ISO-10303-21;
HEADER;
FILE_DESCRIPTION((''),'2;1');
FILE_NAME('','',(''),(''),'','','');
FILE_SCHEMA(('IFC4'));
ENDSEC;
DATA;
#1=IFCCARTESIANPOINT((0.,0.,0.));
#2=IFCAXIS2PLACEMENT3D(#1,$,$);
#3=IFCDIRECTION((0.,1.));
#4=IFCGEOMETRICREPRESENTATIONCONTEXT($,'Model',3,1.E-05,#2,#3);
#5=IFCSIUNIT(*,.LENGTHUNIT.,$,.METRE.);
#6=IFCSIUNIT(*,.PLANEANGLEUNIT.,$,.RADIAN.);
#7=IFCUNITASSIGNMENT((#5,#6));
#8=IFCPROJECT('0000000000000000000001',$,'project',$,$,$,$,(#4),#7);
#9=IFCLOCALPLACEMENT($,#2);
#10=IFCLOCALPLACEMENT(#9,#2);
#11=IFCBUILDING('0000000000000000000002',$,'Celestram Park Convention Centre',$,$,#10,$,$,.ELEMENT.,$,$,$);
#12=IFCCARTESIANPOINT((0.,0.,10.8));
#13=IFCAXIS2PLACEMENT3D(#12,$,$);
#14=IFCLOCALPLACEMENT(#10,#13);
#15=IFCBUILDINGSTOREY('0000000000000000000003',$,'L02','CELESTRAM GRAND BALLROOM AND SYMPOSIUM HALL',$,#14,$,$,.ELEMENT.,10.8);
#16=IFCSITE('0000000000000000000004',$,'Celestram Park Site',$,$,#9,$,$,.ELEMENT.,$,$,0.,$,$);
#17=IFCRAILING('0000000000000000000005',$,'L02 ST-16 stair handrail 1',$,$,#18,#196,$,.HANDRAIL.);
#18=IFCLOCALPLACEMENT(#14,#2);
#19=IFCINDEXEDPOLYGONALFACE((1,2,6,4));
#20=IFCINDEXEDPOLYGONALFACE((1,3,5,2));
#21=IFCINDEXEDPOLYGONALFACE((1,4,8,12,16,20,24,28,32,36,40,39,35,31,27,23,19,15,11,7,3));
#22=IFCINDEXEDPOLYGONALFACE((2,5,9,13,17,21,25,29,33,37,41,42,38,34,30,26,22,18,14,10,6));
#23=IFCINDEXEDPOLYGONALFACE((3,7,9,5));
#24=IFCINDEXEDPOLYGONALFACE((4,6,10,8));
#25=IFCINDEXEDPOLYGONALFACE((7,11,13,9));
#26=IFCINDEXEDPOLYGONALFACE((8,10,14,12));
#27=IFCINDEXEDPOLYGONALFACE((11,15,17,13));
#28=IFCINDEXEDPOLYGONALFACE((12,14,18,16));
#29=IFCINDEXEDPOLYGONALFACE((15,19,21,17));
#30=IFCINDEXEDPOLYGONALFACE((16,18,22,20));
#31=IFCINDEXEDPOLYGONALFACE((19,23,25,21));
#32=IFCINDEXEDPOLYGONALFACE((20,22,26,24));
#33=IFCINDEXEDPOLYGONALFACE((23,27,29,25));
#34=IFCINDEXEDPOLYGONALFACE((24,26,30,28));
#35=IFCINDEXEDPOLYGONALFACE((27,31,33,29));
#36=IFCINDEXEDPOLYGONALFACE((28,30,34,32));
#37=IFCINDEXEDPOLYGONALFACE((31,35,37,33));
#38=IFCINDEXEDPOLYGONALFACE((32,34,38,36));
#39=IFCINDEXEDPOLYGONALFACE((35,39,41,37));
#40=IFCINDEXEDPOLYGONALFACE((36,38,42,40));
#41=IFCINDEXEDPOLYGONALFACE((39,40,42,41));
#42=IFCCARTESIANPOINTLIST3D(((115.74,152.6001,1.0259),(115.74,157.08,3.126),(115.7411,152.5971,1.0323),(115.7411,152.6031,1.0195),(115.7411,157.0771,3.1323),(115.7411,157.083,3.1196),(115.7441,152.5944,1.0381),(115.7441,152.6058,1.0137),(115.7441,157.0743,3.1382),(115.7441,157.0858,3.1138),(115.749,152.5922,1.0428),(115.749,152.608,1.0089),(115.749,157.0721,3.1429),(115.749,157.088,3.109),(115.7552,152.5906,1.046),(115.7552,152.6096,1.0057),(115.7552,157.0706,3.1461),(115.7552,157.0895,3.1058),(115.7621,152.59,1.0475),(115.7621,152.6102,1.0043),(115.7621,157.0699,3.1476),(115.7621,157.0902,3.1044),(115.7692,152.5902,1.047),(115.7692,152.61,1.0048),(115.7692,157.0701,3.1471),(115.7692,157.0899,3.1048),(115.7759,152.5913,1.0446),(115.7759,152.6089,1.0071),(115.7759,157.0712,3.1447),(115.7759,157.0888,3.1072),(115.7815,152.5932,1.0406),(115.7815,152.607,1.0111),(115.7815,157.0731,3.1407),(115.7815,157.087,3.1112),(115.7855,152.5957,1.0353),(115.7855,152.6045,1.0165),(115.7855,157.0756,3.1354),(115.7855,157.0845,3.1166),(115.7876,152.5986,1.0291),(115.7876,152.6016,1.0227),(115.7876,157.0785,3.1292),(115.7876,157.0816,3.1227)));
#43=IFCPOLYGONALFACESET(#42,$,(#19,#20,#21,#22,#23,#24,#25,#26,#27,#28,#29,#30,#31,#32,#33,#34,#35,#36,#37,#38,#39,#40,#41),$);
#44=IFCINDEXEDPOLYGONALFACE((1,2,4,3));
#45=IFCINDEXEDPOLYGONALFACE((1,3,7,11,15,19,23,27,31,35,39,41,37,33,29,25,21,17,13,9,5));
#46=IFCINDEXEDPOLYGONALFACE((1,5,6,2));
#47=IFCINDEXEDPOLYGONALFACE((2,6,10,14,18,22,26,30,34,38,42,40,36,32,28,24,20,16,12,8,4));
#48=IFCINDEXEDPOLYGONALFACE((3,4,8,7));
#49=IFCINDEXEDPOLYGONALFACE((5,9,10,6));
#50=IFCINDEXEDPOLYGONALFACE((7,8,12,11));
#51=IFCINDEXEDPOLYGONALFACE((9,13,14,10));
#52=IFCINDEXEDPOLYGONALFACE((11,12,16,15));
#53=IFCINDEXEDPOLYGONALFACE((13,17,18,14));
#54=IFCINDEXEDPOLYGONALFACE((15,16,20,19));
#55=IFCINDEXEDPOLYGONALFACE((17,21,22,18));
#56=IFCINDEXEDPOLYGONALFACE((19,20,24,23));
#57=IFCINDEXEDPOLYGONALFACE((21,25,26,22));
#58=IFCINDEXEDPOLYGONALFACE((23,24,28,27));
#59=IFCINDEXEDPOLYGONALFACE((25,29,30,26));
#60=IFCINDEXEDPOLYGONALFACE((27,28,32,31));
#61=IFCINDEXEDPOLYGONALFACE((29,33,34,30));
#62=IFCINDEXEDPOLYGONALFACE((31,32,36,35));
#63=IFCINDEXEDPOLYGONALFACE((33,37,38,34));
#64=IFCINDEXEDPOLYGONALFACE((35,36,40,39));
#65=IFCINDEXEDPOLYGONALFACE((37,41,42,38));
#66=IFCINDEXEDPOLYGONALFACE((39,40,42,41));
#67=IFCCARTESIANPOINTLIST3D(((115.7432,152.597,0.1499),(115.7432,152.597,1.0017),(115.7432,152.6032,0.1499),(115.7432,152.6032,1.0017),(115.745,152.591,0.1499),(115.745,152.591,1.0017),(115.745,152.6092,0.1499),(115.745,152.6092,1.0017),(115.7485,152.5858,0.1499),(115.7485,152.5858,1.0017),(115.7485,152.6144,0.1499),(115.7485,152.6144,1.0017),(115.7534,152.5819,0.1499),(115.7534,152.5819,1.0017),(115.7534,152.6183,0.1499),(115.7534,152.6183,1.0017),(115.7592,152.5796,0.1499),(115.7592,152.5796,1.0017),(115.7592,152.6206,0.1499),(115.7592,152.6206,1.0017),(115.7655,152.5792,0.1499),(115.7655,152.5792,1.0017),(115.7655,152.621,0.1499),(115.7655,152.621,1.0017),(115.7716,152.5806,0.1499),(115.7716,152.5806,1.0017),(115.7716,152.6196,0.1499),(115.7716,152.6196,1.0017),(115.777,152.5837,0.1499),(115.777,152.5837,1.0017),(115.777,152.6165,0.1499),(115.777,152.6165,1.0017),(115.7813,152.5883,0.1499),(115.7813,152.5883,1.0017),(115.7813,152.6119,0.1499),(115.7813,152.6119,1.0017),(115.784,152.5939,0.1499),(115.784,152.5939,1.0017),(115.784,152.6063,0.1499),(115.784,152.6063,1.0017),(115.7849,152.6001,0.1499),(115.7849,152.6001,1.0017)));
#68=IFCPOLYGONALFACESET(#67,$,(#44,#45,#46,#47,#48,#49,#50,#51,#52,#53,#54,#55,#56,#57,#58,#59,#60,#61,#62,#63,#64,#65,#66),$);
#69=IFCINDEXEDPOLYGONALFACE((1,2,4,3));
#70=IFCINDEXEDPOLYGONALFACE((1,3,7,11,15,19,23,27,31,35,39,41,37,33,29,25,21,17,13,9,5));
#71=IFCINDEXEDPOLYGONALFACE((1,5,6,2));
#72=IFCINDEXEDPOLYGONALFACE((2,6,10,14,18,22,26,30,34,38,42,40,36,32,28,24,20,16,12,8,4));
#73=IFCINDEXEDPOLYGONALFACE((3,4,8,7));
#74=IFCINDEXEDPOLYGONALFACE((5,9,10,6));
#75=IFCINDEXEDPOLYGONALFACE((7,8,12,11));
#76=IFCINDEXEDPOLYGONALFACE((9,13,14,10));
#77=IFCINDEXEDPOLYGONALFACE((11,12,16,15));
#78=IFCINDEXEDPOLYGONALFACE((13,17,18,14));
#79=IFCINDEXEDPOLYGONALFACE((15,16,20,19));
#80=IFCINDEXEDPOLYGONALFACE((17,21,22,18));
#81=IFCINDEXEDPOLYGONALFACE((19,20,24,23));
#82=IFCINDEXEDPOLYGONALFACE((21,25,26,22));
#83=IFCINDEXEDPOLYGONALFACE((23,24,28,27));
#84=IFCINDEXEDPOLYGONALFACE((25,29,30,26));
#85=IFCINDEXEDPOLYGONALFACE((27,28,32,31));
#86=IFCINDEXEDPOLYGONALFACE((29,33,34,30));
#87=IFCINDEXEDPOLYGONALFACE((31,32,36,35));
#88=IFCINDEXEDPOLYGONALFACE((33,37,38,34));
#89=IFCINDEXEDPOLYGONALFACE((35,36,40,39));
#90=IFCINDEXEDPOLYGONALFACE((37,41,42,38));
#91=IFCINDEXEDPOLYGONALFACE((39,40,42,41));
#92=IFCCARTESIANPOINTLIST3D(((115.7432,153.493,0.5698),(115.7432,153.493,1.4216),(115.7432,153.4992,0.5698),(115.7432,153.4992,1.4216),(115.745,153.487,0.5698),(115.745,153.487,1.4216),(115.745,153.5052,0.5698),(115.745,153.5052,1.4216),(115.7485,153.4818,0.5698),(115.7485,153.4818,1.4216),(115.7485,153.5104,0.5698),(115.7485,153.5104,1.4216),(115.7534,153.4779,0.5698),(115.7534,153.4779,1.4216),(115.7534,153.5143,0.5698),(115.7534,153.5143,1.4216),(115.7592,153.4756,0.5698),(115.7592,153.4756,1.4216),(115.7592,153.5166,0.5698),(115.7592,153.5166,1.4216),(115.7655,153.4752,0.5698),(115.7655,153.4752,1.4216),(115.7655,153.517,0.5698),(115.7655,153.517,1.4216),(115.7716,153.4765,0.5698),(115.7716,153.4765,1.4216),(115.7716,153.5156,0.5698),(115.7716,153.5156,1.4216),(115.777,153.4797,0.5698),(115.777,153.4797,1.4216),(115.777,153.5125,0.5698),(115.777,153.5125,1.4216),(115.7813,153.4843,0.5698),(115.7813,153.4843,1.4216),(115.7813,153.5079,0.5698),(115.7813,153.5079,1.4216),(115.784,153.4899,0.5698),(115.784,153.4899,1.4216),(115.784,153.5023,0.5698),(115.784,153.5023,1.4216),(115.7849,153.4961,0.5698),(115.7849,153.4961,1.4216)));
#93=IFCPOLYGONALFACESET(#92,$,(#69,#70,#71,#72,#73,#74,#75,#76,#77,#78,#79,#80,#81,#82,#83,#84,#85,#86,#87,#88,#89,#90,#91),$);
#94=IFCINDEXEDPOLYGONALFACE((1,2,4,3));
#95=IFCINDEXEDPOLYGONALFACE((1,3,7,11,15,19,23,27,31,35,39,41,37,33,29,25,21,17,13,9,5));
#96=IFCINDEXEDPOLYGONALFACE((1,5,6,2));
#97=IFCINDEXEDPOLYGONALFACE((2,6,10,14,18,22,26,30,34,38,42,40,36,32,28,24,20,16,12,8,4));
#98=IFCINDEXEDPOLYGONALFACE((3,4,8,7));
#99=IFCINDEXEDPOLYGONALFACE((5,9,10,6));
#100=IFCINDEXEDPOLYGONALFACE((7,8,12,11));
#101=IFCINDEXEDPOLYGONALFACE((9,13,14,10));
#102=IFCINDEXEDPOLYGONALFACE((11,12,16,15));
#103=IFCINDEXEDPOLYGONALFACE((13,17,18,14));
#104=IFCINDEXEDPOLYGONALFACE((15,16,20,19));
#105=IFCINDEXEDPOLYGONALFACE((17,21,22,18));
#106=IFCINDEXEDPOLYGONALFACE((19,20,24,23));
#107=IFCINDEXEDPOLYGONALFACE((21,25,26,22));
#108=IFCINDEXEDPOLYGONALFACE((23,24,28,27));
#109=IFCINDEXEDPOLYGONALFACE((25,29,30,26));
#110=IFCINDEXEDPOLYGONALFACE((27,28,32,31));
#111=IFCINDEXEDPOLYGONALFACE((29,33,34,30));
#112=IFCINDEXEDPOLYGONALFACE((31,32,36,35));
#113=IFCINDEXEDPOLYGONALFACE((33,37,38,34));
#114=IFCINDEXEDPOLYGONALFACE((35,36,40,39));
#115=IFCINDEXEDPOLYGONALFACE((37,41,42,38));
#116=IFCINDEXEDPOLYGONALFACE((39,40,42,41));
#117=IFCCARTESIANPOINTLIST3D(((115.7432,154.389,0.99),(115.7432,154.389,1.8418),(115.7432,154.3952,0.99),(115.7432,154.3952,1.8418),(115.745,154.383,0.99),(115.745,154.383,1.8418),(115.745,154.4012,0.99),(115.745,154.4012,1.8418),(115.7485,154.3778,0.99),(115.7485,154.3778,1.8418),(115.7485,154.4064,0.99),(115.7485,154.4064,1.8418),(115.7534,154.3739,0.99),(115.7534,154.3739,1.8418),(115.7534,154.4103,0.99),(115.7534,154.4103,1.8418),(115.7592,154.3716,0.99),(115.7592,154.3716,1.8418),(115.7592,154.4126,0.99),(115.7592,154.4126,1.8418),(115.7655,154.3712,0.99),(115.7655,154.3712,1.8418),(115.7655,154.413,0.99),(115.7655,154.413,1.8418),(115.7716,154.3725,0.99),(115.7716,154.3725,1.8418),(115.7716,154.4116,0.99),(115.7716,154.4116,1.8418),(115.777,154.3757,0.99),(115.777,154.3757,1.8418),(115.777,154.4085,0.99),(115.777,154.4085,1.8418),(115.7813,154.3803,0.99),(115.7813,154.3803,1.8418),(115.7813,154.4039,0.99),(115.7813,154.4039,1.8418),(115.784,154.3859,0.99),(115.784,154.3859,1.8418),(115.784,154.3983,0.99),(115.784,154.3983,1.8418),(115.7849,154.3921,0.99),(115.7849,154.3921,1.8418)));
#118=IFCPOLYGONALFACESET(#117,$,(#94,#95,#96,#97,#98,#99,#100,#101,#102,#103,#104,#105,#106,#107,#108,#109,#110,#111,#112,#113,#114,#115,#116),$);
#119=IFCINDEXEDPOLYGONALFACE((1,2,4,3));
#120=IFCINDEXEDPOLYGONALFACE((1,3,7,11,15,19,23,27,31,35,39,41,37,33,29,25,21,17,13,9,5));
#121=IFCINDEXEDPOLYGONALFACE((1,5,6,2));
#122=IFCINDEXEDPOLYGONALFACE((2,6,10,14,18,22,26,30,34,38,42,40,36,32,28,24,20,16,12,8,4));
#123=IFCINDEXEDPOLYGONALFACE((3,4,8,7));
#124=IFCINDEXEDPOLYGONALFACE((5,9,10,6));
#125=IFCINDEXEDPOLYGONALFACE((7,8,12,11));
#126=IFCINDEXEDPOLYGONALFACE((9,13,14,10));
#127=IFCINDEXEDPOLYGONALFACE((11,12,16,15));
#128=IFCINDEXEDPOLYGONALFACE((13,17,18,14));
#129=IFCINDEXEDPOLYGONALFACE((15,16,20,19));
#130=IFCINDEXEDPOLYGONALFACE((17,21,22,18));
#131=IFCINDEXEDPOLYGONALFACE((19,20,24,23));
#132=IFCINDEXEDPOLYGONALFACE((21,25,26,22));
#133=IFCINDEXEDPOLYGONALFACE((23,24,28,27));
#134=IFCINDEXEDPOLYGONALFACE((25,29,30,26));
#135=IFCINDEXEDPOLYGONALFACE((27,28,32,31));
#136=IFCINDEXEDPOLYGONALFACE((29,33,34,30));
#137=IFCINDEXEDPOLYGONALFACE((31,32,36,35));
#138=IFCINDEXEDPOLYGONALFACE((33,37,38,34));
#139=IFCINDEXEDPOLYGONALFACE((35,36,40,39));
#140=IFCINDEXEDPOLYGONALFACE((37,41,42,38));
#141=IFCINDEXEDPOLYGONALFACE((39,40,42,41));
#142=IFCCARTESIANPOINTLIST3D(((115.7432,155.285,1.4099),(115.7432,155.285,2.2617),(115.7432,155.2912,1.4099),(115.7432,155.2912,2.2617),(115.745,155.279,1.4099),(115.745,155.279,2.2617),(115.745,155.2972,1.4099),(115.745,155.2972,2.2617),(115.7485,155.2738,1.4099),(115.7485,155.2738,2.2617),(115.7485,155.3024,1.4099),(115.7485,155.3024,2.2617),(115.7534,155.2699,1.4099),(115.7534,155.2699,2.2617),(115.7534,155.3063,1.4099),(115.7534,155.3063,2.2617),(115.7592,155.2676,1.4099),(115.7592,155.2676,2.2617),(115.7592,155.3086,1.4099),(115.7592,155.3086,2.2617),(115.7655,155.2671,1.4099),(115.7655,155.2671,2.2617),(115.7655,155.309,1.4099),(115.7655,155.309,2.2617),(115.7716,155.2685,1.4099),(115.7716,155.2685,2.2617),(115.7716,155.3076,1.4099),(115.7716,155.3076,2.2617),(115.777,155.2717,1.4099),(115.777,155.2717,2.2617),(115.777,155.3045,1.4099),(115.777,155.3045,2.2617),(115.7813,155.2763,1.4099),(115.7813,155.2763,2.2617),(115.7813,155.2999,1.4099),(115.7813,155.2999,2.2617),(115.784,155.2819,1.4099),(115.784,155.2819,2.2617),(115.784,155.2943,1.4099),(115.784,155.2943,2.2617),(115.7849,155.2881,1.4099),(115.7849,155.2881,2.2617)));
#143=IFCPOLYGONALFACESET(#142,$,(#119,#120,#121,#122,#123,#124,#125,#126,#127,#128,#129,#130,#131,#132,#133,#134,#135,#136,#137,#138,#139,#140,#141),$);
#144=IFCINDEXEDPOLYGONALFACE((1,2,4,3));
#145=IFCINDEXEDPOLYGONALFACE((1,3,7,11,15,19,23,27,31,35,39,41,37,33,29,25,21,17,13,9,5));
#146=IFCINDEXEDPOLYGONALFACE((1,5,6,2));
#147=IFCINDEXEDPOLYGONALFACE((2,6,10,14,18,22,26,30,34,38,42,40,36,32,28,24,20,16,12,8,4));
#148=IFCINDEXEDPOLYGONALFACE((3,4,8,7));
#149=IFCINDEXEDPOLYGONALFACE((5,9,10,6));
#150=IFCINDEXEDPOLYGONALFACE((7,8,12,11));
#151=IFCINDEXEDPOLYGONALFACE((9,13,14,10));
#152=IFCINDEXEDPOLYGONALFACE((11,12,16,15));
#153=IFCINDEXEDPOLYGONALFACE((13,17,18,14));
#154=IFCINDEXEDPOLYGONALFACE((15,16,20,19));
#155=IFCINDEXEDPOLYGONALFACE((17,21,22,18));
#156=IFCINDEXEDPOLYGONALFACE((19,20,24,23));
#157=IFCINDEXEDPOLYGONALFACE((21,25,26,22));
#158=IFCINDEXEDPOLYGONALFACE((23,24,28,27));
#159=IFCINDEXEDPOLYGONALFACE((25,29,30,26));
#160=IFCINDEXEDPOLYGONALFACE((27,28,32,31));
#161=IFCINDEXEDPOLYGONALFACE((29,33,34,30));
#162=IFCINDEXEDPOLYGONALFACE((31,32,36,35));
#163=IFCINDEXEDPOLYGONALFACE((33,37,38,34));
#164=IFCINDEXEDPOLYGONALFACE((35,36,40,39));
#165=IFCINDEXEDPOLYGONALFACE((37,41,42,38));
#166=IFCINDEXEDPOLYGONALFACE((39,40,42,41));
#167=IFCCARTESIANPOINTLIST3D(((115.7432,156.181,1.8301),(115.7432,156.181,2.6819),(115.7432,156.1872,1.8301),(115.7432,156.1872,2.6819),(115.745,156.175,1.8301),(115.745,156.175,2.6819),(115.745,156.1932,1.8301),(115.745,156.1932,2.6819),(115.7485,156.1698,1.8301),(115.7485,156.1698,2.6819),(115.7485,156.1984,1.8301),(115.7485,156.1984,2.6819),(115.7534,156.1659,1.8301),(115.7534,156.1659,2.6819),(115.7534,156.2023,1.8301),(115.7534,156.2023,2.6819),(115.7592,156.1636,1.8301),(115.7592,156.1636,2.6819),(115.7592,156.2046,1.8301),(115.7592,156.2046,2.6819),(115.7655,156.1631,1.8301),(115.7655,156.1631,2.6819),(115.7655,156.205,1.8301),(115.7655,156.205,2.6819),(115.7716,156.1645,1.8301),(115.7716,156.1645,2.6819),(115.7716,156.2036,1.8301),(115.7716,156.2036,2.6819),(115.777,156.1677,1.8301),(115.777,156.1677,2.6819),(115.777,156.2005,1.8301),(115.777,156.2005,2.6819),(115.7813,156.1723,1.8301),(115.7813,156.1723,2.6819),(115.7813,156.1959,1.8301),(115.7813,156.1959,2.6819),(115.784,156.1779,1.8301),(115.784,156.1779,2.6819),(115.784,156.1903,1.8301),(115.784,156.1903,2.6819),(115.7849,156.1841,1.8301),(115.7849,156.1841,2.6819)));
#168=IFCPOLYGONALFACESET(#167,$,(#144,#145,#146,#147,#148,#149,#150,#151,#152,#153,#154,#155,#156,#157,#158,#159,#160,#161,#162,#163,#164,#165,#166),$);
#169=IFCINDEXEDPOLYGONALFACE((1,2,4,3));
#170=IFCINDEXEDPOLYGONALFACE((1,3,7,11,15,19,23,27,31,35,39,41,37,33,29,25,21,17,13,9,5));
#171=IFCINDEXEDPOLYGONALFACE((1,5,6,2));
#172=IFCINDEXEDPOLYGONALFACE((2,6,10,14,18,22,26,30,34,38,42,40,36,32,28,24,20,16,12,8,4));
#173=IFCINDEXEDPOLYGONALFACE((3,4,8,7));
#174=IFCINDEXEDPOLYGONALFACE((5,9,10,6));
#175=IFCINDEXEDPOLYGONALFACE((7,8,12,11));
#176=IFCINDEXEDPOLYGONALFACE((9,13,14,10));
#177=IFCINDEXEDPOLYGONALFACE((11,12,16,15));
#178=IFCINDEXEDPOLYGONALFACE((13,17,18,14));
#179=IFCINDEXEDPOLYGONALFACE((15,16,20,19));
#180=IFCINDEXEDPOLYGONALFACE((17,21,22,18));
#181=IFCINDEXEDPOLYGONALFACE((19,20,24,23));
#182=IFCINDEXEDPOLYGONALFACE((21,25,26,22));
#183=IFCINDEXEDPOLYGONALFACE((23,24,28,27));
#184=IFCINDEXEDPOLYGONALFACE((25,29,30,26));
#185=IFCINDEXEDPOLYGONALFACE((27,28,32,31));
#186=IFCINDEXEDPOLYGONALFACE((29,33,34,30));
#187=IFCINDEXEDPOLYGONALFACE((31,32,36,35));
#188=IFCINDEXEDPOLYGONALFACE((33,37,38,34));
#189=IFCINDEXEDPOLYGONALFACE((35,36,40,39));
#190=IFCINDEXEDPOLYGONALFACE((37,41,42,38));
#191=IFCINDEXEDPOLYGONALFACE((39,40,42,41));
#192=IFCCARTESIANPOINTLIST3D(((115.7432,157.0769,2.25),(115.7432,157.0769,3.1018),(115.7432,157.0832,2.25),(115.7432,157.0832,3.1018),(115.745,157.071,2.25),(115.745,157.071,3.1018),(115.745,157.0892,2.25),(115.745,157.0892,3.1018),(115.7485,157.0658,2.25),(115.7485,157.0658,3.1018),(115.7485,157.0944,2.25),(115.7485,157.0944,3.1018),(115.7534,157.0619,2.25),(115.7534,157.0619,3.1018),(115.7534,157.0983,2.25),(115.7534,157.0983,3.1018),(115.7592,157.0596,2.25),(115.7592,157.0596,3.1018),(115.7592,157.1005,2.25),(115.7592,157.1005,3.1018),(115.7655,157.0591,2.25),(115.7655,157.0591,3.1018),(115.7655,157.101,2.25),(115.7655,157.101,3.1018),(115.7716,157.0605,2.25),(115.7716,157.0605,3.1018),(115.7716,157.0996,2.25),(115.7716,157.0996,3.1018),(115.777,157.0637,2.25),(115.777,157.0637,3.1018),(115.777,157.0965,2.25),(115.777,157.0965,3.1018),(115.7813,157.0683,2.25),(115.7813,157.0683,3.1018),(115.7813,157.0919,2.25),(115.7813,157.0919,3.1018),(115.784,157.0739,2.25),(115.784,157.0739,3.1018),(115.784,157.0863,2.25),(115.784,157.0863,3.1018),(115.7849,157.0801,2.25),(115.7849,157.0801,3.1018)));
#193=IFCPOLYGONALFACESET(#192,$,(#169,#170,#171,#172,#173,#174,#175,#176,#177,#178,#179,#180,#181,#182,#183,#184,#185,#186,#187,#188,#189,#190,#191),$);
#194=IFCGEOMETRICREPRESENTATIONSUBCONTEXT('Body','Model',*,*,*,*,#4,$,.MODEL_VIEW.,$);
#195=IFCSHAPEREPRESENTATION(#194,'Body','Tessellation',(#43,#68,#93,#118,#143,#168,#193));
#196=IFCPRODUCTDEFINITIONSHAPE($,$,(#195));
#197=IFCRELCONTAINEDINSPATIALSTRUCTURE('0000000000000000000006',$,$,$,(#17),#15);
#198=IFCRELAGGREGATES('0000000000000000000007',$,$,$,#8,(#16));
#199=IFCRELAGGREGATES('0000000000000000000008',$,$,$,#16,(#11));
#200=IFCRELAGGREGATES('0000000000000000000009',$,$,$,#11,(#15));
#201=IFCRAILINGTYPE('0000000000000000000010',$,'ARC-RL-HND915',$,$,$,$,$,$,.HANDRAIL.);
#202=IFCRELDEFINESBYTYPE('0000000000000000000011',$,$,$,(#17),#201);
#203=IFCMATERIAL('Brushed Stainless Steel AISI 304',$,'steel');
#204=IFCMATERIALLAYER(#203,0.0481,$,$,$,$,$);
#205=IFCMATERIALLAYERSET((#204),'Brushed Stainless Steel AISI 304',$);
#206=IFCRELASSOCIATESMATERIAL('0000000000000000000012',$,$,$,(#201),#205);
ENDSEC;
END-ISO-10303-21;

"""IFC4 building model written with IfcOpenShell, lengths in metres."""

from ifc_helpers import new_model, si_unit, direction, frame, origin, origin_2d, place, context, subcontext, project, spatial, circle, extrude, material, layer, layer_set, type_object, element, save


model = new_model("IFC4")

# Units and contexts
model_context = context("Model", 3, precision=1e-05, world=origin(), true_north=direction((0.0, 1.0)))
body_context = subcontext(model_context, "Body", "Model", "MODEL_VIEW")
ifc_project = project(units=[si_unit("LENGTHUNIT", "METRE"), si_unit("PLANEANGLEUNIT", "RADIAN")], contexts=[model_context])

# Site, building, storey
site_placement = place(None, origin())
site = spatial("IfcSite", under=ifc_project, at=site_placement, Name="Celestram Park Site", CompositionType="ELEMENT", RefElevation=0.0)
building_placement = place(site_placement, origin())
building = spatial("IfcBuilding", under=site, at=building_placement, Name="Celestram Park Convention Centre", CompositionType="ELEMENT")
storey_placement = place(building_placement, frame((0.0, 0.0, 10.8)))
storey = spatial("IfcBuildingStorey", under=building, at=storey_placement, Name="L02", Description="CELESTRAM GRAND BALLROOM AND SYMPOSIUM HALL", CompositionType="ELEMENT", Elevation=10.8)

# Railing
ifc_material_1 = material(Name="Brushed Stainless Steel AISI 304", Category="steel")
ifc_layer_1 = layer(ifc_material_1, 0.0481)
ifc_layer_set_1 = layer_set([ifc_layer_1], Name="Brushed Stainless Steel AISI 304")
railing_type_1 = type_object("IfcRailingType", Name="ARC-RL-HND915", PredefinedType="HANDRAIL", material=ifc_layer_set_1)
railing_1_placement = place(storey_placement, frame((115.7639, 152.6001, 0.1499)))
element("IfcRailing", 1, at=railing_1_placement, inside=storey, type_object=railing_type_1, Name="L02 ST-16 stair handrail 1", PredefinedType="HANDRAIL", context=body_context, shape_type="SweptSolid", body=[
    extrude(circle(Radius=0.0239, at=origin_2d()), frame((0.0, 0.0, 0.876), z_axis=(0.0, 0.905451, 0.424452), x_axis=(-1.0, 0.0, 0.0)), (0.0, 0.0, 1.0), 4.9478),
    extrude(circle(Radius=0.021, at=origin_2d()), origin(), (0.0, 0.0, 1.0), 0.8518),
    extrude(circle(Radius=0.021, at=origin_2d()), frame((0.0, 0.896, 0.4199)), (0.0, 0.0, 1.0), 0.8518),
    extrude(circle(Radius=0.021, at=origin_2d()), frame((0.0, 1.792, 0.8401)), (0.0, 0.0, 1.0), 0.8518),
    extrude(circle(Radius=0.021, at=origin_2d()), frame((0.0, 2.688, 1.26)), (0.0, 0.0, 1.0), 0.8518),
    extrude(circle(Radius=0.021, at=origin_2d()), frame((0.0, 3.584, 1.6802)), (0.0, 0.0, 1.0), 0.8518),
    extrude(circle(Radius=0.021, at=origin_2d()), frame((0.0, 4.48, 2.1001)), (0.0, 0.0, 1.0), 0.8518),
])

save(model, "model.ifc")
